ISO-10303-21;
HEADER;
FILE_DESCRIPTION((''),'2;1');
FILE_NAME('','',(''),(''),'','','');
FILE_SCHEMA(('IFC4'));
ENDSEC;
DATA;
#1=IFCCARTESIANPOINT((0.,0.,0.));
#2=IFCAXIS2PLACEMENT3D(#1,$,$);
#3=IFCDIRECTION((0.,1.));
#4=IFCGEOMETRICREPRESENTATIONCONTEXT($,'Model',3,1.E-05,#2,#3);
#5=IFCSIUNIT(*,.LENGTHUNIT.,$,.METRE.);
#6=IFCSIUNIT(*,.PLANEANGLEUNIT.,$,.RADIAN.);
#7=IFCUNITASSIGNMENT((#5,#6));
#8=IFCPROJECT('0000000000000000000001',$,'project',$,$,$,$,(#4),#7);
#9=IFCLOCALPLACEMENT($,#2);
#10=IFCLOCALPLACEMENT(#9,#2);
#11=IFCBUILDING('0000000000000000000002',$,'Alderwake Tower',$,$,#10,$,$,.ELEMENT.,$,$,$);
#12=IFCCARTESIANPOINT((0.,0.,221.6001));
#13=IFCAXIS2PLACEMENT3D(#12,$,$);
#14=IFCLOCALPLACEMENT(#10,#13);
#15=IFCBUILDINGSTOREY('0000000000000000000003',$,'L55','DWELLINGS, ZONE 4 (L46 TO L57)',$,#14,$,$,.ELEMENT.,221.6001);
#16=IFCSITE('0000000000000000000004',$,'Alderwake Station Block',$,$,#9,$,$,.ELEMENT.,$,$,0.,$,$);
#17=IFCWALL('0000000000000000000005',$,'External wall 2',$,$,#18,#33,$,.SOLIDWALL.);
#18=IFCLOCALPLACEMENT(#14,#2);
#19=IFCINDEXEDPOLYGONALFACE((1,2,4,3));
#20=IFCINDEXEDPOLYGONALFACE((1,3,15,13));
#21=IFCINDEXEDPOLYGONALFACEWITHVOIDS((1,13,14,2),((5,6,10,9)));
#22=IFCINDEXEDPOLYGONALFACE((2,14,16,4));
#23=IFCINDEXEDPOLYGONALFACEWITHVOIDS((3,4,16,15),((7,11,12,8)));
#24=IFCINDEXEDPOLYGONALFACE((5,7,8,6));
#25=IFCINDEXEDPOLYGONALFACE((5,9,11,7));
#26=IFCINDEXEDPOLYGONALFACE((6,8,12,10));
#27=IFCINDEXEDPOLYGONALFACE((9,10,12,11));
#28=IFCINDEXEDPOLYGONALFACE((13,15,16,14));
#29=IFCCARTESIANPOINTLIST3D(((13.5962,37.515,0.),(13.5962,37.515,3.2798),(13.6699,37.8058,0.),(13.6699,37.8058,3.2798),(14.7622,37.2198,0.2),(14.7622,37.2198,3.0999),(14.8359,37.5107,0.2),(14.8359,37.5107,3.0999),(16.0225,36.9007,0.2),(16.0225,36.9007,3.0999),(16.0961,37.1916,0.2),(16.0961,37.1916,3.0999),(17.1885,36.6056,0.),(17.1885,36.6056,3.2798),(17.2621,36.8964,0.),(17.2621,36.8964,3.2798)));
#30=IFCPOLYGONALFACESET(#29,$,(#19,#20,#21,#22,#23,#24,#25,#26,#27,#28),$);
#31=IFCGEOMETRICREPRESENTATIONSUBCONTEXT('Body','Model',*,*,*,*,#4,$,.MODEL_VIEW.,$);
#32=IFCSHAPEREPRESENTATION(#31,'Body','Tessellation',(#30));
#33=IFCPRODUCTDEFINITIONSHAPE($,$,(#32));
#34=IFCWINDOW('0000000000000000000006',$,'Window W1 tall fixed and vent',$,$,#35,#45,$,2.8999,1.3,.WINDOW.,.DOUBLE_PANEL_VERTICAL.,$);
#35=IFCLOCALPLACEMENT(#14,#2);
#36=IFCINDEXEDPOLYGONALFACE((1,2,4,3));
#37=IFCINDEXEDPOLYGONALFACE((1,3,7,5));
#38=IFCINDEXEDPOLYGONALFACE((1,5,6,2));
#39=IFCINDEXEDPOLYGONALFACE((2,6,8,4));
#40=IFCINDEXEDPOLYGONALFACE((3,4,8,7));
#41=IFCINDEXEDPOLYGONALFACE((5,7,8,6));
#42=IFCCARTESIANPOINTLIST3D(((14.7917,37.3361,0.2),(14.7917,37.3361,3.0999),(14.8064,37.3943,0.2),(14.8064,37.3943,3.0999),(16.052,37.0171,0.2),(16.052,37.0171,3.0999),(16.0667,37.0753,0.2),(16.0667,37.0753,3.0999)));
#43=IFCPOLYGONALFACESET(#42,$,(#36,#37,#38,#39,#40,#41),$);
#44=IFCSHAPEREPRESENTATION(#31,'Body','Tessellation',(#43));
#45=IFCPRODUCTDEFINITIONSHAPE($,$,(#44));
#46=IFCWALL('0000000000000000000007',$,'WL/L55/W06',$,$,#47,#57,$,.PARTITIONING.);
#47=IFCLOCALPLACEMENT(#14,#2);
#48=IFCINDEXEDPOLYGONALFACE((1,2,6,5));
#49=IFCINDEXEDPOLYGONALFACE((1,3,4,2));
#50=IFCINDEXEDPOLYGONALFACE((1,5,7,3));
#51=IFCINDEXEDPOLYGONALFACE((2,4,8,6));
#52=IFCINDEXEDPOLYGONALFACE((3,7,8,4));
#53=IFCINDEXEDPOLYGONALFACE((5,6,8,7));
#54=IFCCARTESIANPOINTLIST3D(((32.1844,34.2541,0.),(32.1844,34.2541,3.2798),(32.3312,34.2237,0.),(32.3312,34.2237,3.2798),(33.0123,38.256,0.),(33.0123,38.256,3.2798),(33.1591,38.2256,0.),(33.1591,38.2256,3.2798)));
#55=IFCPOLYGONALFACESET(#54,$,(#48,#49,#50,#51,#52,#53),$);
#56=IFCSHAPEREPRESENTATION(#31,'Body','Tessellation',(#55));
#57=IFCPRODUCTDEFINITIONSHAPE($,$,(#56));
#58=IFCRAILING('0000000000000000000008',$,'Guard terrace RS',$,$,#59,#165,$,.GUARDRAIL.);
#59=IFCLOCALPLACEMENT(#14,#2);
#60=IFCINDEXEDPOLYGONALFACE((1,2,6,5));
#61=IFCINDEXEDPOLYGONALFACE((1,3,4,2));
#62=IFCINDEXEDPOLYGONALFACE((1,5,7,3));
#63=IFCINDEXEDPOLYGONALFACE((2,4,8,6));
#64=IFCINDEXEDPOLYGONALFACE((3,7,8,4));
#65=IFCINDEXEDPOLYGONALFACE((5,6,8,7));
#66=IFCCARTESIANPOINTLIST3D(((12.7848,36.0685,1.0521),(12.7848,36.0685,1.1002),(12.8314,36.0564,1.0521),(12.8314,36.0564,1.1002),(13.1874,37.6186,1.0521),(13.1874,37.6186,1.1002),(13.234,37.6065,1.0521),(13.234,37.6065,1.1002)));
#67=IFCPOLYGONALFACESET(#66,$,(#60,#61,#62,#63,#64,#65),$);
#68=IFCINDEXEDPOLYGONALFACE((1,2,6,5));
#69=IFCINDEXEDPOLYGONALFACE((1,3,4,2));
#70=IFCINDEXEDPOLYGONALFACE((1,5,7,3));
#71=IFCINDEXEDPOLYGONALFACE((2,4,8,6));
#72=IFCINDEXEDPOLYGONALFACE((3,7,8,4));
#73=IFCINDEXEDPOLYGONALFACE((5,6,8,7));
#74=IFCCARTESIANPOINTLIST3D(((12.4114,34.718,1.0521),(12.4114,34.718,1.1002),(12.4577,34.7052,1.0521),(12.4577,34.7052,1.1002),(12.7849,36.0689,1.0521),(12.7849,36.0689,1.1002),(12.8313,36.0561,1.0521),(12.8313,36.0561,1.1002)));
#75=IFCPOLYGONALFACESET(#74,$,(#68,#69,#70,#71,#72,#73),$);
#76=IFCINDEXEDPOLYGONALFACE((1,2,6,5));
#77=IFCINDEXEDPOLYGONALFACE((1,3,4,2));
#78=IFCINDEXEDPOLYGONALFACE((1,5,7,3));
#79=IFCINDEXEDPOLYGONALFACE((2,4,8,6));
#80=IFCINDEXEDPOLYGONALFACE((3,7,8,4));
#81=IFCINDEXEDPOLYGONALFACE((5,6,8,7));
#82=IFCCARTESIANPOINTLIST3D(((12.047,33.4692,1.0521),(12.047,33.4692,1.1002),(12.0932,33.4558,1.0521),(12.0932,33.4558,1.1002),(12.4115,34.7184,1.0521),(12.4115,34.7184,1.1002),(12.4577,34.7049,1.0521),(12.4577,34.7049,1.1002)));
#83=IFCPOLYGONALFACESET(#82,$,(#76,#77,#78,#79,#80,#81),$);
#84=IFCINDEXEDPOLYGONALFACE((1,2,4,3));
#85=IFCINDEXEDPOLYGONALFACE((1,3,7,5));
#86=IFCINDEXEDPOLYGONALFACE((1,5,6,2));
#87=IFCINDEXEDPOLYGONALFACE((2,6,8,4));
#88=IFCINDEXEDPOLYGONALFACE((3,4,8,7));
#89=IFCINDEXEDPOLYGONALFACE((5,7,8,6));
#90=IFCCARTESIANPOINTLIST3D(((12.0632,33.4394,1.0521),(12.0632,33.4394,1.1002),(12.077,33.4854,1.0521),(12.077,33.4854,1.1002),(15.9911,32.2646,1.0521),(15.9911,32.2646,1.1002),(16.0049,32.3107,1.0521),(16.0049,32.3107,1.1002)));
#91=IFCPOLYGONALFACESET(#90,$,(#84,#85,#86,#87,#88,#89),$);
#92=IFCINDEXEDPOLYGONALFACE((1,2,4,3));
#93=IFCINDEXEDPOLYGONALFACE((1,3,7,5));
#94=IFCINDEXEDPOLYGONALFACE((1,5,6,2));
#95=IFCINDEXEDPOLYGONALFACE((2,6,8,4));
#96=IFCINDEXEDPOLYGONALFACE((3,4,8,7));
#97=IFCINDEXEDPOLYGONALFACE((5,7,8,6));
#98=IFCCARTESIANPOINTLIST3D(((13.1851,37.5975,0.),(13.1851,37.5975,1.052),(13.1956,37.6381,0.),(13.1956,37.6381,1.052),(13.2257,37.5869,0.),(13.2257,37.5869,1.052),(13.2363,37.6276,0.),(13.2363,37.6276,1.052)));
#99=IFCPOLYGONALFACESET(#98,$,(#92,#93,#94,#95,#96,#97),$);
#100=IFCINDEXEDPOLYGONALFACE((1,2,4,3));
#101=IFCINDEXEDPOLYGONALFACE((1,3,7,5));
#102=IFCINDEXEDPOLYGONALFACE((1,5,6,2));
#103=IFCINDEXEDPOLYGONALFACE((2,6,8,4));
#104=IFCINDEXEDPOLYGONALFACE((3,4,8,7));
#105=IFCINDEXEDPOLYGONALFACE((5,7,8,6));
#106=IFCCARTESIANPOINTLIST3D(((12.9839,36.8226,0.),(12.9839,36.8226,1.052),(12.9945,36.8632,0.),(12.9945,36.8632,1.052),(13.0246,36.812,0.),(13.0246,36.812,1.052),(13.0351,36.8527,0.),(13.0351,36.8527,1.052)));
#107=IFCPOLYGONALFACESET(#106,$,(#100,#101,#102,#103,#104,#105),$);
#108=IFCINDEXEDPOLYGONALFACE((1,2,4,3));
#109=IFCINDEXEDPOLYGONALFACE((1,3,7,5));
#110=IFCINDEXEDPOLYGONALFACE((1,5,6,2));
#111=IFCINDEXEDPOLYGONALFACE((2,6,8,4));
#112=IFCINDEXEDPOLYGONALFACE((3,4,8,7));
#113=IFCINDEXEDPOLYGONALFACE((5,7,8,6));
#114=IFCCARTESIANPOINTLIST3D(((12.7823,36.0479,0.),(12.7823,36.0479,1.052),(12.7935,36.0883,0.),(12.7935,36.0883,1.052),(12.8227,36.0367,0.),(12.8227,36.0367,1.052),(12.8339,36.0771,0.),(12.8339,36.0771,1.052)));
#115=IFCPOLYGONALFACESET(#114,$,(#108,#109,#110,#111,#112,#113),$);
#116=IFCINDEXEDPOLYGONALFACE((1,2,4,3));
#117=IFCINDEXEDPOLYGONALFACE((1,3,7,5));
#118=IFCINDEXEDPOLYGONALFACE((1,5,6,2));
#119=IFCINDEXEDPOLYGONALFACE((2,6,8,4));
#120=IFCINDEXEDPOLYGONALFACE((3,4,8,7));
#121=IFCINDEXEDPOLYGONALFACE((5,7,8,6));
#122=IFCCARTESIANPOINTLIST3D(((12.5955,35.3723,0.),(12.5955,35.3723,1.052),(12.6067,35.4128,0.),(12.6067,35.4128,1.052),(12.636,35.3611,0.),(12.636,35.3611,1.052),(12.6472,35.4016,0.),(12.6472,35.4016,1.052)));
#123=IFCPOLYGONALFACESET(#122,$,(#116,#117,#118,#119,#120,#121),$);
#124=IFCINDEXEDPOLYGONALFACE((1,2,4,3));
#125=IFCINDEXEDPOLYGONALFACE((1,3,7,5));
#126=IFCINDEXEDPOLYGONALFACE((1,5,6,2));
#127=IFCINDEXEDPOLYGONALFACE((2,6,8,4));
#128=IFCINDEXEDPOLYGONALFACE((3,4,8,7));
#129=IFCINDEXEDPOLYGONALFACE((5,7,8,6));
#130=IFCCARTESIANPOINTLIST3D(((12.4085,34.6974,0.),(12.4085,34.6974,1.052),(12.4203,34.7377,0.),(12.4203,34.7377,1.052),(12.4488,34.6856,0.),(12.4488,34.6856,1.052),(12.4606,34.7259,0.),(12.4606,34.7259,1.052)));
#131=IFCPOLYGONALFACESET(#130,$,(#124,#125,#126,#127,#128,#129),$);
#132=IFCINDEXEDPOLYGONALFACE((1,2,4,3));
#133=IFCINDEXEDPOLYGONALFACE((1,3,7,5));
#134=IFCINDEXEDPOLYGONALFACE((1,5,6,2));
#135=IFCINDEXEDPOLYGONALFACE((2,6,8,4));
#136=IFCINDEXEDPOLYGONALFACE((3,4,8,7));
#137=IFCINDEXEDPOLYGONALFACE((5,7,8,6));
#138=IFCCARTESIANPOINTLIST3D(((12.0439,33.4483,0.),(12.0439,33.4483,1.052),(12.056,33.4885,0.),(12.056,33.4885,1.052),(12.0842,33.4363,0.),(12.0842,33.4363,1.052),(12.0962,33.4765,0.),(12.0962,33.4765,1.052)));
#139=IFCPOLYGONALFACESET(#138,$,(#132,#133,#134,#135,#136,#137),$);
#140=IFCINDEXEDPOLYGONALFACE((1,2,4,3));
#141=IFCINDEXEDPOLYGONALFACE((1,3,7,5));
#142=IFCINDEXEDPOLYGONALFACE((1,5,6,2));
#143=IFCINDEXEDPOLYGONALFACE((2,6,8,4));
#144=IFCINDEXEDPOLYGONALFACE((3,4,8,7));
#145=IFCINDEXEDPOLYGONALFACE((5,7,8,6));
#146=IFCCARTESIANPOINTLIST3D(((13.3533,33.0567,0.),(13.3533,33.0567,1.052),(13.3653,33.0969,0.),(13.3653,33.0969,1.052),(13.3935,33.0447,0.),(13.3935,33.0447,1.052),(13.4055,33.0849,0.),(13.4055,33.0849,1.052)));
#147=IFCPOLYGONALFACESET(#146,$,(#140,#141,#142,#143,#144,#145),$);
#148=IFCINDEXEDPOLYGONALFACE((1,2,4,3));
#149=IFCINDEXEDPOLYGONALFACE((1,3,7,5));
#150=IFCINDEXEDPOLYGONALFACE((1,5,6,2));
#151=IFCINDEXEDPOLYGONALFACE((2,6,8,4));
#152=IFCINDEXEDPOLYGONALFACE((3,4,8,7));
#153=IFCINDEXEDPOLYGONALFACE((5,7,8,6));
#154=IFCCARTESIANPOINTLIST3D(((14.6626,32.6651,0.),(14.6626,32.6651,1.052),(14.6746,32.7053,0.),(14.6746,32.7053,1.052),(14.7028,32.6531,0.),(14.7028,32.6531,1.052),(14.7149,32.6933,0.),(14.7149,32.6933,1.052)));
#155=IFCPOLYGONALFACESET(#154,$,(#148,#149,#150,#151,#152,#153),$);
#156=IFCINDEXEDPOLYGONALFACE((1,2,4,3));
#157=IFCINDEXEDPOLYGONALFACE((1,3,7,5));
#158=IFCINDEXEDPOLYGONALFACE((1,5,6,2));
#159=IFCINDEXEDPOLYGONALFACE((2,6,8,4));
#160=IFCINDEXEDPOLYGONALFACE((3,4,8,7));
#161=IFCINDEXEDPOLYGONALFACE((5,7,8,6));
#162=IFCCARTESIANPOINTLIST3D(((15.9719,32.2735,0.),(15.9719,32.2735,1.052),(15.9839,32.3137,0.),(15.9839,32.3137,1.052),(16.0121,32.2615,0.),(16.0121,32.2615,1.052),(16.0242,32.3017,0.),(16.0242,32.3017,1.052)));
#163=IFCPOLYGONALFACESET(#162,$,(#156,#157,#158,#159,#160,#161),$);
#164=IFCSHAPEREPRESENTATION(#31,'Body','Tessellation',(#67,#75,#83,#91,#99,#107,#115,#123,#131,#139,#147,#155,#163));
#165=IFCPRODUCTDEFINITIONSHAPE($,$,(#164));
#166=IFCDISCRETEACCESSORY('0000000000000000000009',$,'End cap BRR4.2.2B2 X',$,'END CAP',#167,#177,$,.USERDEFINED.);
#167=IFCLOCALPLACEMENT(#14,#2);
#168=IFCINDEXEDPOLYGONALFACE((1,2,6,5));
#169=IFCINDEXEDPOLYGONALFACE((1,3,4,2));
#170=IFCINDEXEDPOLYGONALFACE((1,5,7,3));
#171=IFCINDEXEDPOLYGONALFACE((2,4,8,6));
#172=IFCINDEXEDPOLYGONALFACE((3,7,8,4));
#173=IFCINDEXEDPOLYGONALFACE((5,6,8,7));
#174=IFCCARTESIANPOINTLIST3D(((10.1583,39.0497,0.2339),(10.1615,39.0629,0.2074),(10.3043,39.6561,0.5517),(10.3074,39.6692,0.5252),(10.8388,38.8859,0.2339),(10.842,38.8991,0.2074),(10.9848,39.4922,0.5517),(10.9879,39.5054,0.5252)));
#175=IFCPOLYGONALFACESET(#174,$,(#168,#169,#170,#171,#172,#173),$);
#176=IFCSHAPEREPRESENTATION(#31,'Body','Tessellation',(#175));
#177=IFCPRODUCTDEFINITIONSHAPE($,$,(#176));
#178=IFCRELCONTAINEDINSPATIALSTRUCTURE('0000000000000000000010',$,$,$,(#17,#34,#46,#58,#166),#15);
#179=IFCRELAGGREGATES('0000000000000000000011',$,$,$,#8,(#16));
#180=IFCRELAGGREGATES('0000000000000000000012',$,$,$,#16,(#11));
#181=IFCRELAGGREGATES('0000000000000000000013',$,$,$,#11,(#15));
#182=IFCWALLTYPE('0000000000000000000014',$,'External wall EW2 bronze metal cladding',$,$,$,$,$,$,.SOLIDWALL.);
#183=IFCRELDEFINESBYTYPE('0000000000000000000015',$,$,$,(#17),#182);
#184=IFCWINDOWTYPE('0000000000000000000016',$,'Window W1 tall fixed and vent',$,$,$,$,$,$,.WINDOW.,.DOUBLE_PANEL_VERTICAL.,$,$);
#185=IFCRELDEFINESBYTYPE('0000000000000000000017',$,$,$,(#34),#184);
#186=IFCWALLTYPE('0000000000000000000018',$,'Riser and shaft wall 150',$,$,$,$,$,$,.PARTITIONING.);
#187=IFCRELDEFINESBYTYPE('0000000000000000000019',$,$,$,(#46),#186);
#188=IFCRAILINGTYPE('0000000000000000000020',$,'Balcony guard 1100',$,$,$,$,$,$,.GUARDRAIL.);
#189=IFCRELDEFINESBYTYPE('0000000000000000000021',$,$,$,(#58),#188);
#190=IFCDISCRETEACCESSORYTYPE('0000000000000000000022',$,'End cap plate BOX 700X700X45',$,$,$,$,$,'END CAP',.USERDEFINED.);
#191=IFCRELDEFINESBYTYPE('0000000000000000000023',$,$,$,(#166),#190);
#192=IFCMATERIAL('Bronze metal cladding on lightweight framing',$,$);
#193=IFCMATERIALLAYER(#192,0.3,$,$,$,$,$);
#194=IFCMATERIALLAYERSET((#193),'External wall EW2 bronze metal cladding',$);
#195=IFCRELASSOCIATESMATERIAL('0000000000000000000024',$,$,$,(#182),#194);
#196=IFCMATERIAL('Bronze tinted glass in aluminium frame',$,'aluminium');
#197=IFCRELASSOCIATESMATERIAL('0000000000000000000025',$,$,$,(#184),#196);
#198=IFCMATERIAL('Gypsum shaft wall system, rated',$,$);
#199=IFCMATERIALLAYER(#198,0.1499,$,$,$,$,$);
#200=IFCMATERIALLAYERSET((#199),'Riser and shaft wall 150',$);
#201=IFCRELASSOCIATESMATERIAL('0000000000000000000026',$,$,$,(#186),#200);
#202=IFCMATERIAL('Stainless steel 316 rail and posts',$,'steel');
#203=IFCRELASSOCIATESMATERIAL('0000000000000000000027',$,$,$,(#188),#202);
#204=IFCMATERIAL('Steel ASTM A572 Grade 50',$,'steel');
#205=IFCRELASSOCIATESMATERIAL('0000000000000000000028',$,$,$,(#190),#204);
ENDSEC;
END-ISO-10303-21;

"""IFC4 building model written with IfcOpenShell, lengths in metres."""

from ifc_helpers import new_model, si_unit, direction, frame, frame_2d, origin, origin_2d, place, context, subcontext, project, spatial, rectangle, extrude, material, layer, layer_set, material_profile, profile_set, type_object, element, fill, save


model = new_model("IFC4")

# Units and contexts
model_context = context("Model", 3, precision=1e-05, world=origin(), true_north=direction((0.0, 1.0)))
body_context = subcontext(model_context, "Body", "Model", "MODEL_VIEW")
ifc_project = project(units=[si_unit("LENGTHUNIT", "METRE"), si_unit("PLANEANGLEUNIT", "RADIAN")], contexts=[model_context])

# Site, building, storey
site_placement = place(None, origin())
site = spatial("IfcSite", under=ifc_project, at=site_placement, Name="Alderwake Station Block", CompositionType="ELEMENT", RefElevation=0.0)
building_placement = place(site_placement, origin())
building = spatial("IfcBuilding", under=site, at=building_placement, Name="Alderwake Tower", CompositionType="ELEMENT")
storey_placement = place(building_placement, frame((0.0, 0.0, 221.6001)))
storey = spatial("IfcBuildingStorey", under=building, at=storey_placement, Name="L55", Description="DWELLINGS, ZONE 4 (L46 TO L57)", CompositionType="ELEMENT", Elevation=221.6001)

# Wall, opening, window
ifc_material_1 = material(Name="Bronze metal cladding on lightweight framing")
ifc_layer_1 = layer(ifc_material_1, 0.3)
ifc_layer_set_1 = layer_set([ifc_layer_1], Name="External wall EW2 bronze metal cladding")
wall_type_1 = type_object("IfcWallType", Name="External wall EW2 bronze metal cladding", PredefinedType="SOLIDWALL", material=ifc_layer_set_1)
wall_1_placement = place(storey_placement, frame((13.6331, 37.6604, 0.0), z_axis=(0.0, 0.0, 1.0), x_axis=(0.969417, -0.245418, 0.0)))
wall_1 = element("IfcWall", 1, at=wall_1_placement, inside=storey, type_object=wall_type_1, Name="External wall 2", PredefinedType="SOLIDWALL", context=body_context, shape_type="SweptSolid", body=[
    extrude(rectangle(XDim=3.7056, YDim=0.3, at=frame_2d((1.8528, 0.0))), origin(), (0.0, 0.0, 1.0), 3.2798),
])
opening_1_placement = place(wall_1_placement, frame((1.2029, 0.0, 0.2)))
opening_1 = element("IfcOpeningElement", 2, at=opening_1_placement, cuts=wall_1, PredefinedType="OPENING", context=body_context, shape_type="SweptSolid", body=[
    extrude(rectangle(XDim=1.3, YDim=2.8999, at=frame_2d((0.6499, 1.45))), frame((0.0, 0.1599, 0.0), z_axis=(0.0, -1.0, 0.0), x_axis=(1.0, 0.0, 0.0)), (0.0, 0.0, 1.0), 0.3201),
])
ifc_material_2 = material(Name="Bronze tinted glass in aluminium frame", Category="aluminium")
window_type = type_object("IfcWindowType", Name="Window W1 tall fixed and vent", PartitioningType="DOUBLE_PANEL_VERTICAL", PredefinedType="WINDOW", material=ifc_material_2)
window_1_placement = place(opening_1_placement, origin())
window_1 = element("IfcWindow", 3, at=window_1_placement, inside=storey, type_object=window_type, Name="Window W1 tall fixed and vent", OverallHeight=2.8999, OverallWidth=1.3, PartitioningType="DOUBLE_PANEL_VERTICAL", PredefinedType="WINDOW", context=body_context, shape_type="SweptSolid", body=[
    extrude(rectangle(XDim=1.3, YDim=2.8999, at=frame_2d((0.6499, 1.45))), frame((0.0, 0.03, 0.0), z_axis=(0.0, -1.0, 0.0), x_axis=(1.0, 0.0, 0.0)), (0.0, 0.0, 1.0), 0.0601),
])
fill(opening_1, window_1)

# Wall
ifc_material_3 = material(Name="Gypsum shaft wall system, rated")
ifc_layer_2 = layer(ifc_material_3, 0.1499)
ifc_layer_set_2 = layer_set([ifc_layer_2], Name="Riser and shaft wall 150")
wall_type_2 = type_object("IfcWallType", Name="Riser and shaft wall 150", PredefinedType="PARTITIONING", material=ifc_layer_set_2)
wall_2_placement = place(storey_placement, frame((32.2578, 34.2388, 0.0), z_axis=(0.0, 0.0, 1.0), x_axis=(0.20258, 0.979266, 0.0)))
element("IfcWall", 4, at=wall_2_placement, inside=storey, type_object=wall_type_2, Name="WL/L55/W06", PredefinedType="PARTITIONING", context=body_context, shape_type="SweptSolid", body=[
    extrude(rectangle(XDim=4.0867, YDim=0.1499, at=frame_2d((2.0435, 0.0))), origin(), (0.0, 0.0, 1.0), 3.2798),
])

# Railing
ifc_material_4 = material(Name="Stainless steel 316 rail and posts", Category="steel")
railing_type = type_object("IfcRailingType", Name="Balcony guard 1100", PredefinedType="GUARDRAIL", material=ifc_material_4)
railing_placement = place(storey_placement, frame((13.2107, 37.6125, 0.0)))
element("IfcRailing", 5, at=railing_placement, inside=storey, type_object=railing_type, Name="Guard terrace RS", PredefinedType="GUARDRAIL", context=body_context, shape_type="SweptSolid", body=[
    extrude(rectangle(XDim=0.0481, YDim=0.0481, at=origin_2d()), frame((0.0, 0.0, 1.0762), z_axis=(-0.251385, -0.967887, 0.0), x_axis=(0.967887, -0.251385, 0.0)), (0.0, 0.0, 1.0), 1.6016),
    extrude(rectangle(XDim=0.0481, YDim=0.0481, at=origin_2d()), frame((-0.4026, -1.55, 1.0762), z_axis=(-0.266521, -0.963829, 0.0), x_axis=(0.963829, -0.266521, 0.0)), (0.0, 0.0, 1.0), 1.4016),
    extrude(rectangle(XDim=0.0481, YDim=0.0481, at=origin_2d()), frame((-0.7761, -2.9009, 1.0762), z_axis=(-0.280094, -0.959973, 0.0), x_axis=(0.959973, -0.280094, 0.0)), (0.0, 0.0, 1.0), 1.3013),
    extrude(rectangle(XDim=0.0481, YDim=0.0481, at=origin_2d()), frame((-1.1406, -4.1501, 1.0762), z_axis=(0.958067, -0.286545, 0.0), x_axis=(0.286545, 0.958067, 0.0)), (0.0, 0.0, 1.0), 4.0999),
    extrude(rectangle(XDim=0.042, YDim=0.042, at=origin_2d()), frame((0.0, 0.0, 0.0), z_axis=(0.0, 0.0, 1.0), x_axis=(-0.251385, -0.967887, 0.0)), (0.0, 0.0, 1.0), 1.052),
    extrude(rectangle(XDim=0.042, YDim=0.042, at=origin_2d()), frame((-0.2012, -0.7749, 0.0), z_axis=(0.0, 0.0, 1.0), x_axis=(-0.251385, -0.967887, 0.0)), (0.0, 0.0, 1.0), 1.052),
    extrude(rectangle(XDim=0.042, YDim=0.042, at=origin_2d()), frame((-0.4026, -1.55, 0.0), z_axis=(0.0, 0.0, 1.0), x_axis=(-0.266521, -0.963829, 0.0)), (0.0, 0.0, 1.0), 1.052),
    extrude(rectangle(XDim=0.042, YDim=0.042, at=origin_2d()), frame((-0.5894, -2.2256, 0.0), z_axis=(0.0, 0.0, 1.0), x_axis=(-0.266521, -0.963829, 0.0)), (0.0, 0.0, 1.0), 1.052),
    extrude(rectangle(XDim=0.042, YDim=0.042, at=origin_2d()), frame((-0.7761, -2.9009, 0.0), z_axis=(0.0, 0.0, 1.0), x_axis=(-0.280094, -0.959973, 0.0)), (0.0, 0.0, 1.0), 1.052),
    extrude(rectangle(XDim=0.042, YDim=0.042, at=origin_2d()), frame((-1.1406, -4.1501, 0.0), z_axis=(0.0, 0.0, 1.0), x_axis=(0.958067, -0.286545, 0.0)), (0.0, 0.0, 1.0), 1.052),
    extrude(rectangle(XDim=0.042, YDim=0.042, at=origin_2d()), frame((0.1687, -4.5417, 0.0), z_axis=(0.0, 0.0, 1.0), x_axis=(0.958067, -0.286545, 0.0)), (0.0, 0.0, 1.0), 1.052),
    extrude(rectangle(XDim=0.042, YDim=0.042, at=origin_2d()), frame((1.478, -4.9333, 0.0), z_axis=(0.0, 0.0, 1.0), x_axis=(0.958067, -0.286545, 0.0)), (0.0, 0.0, 1.0), 1.052),
    extrude(rectangle(XDim=0.042, YDim=0.042, at=origin_2d()), frame((2.7874, -5.325, 0.0), z_axis=(0.0, 0.0, 1.0), x_axis=(0.958067, -0.286545, 0.0)), (0.0, 0.0, 1.0), 1.052),
])

# Discrete accessory
ifc_material_5 = material(Name="Steel ASTM A572 Grade 50", Category="steel")
ifc_material_profile_1 = material_profile(ifc_material_5, rectangle(XDim=0.7, YDim=0.7, at=origin_2d()), Name="BOX 700X700X45 cap")
ifc_profile_set_1 = profile_set([ifc_material_profile_1], Name="Steel ASTM A572 Grade 50")
discrete_accessory_type = type_object("IfcDiscreteAccessoryType", Name="End cap plate BOX 700X700X45", ElementType="END CAP", PredefinedType="USERDEFINED", material=ifc_profile_set_1)
discrete_accessory_placement = place(storey_placement, frame((10.5715, 39.271, 0.3928), z_axis=(0.106265, 0.441409, -0.890992), x_axis=(-0.972224, 0.234054, 0.0)))
element("IfcDiscreteAccessory", 6, at=discrete_accessory_placement, inside=storey, type_object=discrete_accessory_type, Name="End cap BRR4.2.2B2 X", ObjectType="END CAP", PredefinedType="USERDEFINED", context=body_context, shape_type="SweptSolid", body=[
    extrude(rectangle(XDim=0.7, YDim=0.7, at=origin_2d()), origin(), (0.0, 0.0, 1.0), 0.0298),
])

save(model, "model.ifc")
